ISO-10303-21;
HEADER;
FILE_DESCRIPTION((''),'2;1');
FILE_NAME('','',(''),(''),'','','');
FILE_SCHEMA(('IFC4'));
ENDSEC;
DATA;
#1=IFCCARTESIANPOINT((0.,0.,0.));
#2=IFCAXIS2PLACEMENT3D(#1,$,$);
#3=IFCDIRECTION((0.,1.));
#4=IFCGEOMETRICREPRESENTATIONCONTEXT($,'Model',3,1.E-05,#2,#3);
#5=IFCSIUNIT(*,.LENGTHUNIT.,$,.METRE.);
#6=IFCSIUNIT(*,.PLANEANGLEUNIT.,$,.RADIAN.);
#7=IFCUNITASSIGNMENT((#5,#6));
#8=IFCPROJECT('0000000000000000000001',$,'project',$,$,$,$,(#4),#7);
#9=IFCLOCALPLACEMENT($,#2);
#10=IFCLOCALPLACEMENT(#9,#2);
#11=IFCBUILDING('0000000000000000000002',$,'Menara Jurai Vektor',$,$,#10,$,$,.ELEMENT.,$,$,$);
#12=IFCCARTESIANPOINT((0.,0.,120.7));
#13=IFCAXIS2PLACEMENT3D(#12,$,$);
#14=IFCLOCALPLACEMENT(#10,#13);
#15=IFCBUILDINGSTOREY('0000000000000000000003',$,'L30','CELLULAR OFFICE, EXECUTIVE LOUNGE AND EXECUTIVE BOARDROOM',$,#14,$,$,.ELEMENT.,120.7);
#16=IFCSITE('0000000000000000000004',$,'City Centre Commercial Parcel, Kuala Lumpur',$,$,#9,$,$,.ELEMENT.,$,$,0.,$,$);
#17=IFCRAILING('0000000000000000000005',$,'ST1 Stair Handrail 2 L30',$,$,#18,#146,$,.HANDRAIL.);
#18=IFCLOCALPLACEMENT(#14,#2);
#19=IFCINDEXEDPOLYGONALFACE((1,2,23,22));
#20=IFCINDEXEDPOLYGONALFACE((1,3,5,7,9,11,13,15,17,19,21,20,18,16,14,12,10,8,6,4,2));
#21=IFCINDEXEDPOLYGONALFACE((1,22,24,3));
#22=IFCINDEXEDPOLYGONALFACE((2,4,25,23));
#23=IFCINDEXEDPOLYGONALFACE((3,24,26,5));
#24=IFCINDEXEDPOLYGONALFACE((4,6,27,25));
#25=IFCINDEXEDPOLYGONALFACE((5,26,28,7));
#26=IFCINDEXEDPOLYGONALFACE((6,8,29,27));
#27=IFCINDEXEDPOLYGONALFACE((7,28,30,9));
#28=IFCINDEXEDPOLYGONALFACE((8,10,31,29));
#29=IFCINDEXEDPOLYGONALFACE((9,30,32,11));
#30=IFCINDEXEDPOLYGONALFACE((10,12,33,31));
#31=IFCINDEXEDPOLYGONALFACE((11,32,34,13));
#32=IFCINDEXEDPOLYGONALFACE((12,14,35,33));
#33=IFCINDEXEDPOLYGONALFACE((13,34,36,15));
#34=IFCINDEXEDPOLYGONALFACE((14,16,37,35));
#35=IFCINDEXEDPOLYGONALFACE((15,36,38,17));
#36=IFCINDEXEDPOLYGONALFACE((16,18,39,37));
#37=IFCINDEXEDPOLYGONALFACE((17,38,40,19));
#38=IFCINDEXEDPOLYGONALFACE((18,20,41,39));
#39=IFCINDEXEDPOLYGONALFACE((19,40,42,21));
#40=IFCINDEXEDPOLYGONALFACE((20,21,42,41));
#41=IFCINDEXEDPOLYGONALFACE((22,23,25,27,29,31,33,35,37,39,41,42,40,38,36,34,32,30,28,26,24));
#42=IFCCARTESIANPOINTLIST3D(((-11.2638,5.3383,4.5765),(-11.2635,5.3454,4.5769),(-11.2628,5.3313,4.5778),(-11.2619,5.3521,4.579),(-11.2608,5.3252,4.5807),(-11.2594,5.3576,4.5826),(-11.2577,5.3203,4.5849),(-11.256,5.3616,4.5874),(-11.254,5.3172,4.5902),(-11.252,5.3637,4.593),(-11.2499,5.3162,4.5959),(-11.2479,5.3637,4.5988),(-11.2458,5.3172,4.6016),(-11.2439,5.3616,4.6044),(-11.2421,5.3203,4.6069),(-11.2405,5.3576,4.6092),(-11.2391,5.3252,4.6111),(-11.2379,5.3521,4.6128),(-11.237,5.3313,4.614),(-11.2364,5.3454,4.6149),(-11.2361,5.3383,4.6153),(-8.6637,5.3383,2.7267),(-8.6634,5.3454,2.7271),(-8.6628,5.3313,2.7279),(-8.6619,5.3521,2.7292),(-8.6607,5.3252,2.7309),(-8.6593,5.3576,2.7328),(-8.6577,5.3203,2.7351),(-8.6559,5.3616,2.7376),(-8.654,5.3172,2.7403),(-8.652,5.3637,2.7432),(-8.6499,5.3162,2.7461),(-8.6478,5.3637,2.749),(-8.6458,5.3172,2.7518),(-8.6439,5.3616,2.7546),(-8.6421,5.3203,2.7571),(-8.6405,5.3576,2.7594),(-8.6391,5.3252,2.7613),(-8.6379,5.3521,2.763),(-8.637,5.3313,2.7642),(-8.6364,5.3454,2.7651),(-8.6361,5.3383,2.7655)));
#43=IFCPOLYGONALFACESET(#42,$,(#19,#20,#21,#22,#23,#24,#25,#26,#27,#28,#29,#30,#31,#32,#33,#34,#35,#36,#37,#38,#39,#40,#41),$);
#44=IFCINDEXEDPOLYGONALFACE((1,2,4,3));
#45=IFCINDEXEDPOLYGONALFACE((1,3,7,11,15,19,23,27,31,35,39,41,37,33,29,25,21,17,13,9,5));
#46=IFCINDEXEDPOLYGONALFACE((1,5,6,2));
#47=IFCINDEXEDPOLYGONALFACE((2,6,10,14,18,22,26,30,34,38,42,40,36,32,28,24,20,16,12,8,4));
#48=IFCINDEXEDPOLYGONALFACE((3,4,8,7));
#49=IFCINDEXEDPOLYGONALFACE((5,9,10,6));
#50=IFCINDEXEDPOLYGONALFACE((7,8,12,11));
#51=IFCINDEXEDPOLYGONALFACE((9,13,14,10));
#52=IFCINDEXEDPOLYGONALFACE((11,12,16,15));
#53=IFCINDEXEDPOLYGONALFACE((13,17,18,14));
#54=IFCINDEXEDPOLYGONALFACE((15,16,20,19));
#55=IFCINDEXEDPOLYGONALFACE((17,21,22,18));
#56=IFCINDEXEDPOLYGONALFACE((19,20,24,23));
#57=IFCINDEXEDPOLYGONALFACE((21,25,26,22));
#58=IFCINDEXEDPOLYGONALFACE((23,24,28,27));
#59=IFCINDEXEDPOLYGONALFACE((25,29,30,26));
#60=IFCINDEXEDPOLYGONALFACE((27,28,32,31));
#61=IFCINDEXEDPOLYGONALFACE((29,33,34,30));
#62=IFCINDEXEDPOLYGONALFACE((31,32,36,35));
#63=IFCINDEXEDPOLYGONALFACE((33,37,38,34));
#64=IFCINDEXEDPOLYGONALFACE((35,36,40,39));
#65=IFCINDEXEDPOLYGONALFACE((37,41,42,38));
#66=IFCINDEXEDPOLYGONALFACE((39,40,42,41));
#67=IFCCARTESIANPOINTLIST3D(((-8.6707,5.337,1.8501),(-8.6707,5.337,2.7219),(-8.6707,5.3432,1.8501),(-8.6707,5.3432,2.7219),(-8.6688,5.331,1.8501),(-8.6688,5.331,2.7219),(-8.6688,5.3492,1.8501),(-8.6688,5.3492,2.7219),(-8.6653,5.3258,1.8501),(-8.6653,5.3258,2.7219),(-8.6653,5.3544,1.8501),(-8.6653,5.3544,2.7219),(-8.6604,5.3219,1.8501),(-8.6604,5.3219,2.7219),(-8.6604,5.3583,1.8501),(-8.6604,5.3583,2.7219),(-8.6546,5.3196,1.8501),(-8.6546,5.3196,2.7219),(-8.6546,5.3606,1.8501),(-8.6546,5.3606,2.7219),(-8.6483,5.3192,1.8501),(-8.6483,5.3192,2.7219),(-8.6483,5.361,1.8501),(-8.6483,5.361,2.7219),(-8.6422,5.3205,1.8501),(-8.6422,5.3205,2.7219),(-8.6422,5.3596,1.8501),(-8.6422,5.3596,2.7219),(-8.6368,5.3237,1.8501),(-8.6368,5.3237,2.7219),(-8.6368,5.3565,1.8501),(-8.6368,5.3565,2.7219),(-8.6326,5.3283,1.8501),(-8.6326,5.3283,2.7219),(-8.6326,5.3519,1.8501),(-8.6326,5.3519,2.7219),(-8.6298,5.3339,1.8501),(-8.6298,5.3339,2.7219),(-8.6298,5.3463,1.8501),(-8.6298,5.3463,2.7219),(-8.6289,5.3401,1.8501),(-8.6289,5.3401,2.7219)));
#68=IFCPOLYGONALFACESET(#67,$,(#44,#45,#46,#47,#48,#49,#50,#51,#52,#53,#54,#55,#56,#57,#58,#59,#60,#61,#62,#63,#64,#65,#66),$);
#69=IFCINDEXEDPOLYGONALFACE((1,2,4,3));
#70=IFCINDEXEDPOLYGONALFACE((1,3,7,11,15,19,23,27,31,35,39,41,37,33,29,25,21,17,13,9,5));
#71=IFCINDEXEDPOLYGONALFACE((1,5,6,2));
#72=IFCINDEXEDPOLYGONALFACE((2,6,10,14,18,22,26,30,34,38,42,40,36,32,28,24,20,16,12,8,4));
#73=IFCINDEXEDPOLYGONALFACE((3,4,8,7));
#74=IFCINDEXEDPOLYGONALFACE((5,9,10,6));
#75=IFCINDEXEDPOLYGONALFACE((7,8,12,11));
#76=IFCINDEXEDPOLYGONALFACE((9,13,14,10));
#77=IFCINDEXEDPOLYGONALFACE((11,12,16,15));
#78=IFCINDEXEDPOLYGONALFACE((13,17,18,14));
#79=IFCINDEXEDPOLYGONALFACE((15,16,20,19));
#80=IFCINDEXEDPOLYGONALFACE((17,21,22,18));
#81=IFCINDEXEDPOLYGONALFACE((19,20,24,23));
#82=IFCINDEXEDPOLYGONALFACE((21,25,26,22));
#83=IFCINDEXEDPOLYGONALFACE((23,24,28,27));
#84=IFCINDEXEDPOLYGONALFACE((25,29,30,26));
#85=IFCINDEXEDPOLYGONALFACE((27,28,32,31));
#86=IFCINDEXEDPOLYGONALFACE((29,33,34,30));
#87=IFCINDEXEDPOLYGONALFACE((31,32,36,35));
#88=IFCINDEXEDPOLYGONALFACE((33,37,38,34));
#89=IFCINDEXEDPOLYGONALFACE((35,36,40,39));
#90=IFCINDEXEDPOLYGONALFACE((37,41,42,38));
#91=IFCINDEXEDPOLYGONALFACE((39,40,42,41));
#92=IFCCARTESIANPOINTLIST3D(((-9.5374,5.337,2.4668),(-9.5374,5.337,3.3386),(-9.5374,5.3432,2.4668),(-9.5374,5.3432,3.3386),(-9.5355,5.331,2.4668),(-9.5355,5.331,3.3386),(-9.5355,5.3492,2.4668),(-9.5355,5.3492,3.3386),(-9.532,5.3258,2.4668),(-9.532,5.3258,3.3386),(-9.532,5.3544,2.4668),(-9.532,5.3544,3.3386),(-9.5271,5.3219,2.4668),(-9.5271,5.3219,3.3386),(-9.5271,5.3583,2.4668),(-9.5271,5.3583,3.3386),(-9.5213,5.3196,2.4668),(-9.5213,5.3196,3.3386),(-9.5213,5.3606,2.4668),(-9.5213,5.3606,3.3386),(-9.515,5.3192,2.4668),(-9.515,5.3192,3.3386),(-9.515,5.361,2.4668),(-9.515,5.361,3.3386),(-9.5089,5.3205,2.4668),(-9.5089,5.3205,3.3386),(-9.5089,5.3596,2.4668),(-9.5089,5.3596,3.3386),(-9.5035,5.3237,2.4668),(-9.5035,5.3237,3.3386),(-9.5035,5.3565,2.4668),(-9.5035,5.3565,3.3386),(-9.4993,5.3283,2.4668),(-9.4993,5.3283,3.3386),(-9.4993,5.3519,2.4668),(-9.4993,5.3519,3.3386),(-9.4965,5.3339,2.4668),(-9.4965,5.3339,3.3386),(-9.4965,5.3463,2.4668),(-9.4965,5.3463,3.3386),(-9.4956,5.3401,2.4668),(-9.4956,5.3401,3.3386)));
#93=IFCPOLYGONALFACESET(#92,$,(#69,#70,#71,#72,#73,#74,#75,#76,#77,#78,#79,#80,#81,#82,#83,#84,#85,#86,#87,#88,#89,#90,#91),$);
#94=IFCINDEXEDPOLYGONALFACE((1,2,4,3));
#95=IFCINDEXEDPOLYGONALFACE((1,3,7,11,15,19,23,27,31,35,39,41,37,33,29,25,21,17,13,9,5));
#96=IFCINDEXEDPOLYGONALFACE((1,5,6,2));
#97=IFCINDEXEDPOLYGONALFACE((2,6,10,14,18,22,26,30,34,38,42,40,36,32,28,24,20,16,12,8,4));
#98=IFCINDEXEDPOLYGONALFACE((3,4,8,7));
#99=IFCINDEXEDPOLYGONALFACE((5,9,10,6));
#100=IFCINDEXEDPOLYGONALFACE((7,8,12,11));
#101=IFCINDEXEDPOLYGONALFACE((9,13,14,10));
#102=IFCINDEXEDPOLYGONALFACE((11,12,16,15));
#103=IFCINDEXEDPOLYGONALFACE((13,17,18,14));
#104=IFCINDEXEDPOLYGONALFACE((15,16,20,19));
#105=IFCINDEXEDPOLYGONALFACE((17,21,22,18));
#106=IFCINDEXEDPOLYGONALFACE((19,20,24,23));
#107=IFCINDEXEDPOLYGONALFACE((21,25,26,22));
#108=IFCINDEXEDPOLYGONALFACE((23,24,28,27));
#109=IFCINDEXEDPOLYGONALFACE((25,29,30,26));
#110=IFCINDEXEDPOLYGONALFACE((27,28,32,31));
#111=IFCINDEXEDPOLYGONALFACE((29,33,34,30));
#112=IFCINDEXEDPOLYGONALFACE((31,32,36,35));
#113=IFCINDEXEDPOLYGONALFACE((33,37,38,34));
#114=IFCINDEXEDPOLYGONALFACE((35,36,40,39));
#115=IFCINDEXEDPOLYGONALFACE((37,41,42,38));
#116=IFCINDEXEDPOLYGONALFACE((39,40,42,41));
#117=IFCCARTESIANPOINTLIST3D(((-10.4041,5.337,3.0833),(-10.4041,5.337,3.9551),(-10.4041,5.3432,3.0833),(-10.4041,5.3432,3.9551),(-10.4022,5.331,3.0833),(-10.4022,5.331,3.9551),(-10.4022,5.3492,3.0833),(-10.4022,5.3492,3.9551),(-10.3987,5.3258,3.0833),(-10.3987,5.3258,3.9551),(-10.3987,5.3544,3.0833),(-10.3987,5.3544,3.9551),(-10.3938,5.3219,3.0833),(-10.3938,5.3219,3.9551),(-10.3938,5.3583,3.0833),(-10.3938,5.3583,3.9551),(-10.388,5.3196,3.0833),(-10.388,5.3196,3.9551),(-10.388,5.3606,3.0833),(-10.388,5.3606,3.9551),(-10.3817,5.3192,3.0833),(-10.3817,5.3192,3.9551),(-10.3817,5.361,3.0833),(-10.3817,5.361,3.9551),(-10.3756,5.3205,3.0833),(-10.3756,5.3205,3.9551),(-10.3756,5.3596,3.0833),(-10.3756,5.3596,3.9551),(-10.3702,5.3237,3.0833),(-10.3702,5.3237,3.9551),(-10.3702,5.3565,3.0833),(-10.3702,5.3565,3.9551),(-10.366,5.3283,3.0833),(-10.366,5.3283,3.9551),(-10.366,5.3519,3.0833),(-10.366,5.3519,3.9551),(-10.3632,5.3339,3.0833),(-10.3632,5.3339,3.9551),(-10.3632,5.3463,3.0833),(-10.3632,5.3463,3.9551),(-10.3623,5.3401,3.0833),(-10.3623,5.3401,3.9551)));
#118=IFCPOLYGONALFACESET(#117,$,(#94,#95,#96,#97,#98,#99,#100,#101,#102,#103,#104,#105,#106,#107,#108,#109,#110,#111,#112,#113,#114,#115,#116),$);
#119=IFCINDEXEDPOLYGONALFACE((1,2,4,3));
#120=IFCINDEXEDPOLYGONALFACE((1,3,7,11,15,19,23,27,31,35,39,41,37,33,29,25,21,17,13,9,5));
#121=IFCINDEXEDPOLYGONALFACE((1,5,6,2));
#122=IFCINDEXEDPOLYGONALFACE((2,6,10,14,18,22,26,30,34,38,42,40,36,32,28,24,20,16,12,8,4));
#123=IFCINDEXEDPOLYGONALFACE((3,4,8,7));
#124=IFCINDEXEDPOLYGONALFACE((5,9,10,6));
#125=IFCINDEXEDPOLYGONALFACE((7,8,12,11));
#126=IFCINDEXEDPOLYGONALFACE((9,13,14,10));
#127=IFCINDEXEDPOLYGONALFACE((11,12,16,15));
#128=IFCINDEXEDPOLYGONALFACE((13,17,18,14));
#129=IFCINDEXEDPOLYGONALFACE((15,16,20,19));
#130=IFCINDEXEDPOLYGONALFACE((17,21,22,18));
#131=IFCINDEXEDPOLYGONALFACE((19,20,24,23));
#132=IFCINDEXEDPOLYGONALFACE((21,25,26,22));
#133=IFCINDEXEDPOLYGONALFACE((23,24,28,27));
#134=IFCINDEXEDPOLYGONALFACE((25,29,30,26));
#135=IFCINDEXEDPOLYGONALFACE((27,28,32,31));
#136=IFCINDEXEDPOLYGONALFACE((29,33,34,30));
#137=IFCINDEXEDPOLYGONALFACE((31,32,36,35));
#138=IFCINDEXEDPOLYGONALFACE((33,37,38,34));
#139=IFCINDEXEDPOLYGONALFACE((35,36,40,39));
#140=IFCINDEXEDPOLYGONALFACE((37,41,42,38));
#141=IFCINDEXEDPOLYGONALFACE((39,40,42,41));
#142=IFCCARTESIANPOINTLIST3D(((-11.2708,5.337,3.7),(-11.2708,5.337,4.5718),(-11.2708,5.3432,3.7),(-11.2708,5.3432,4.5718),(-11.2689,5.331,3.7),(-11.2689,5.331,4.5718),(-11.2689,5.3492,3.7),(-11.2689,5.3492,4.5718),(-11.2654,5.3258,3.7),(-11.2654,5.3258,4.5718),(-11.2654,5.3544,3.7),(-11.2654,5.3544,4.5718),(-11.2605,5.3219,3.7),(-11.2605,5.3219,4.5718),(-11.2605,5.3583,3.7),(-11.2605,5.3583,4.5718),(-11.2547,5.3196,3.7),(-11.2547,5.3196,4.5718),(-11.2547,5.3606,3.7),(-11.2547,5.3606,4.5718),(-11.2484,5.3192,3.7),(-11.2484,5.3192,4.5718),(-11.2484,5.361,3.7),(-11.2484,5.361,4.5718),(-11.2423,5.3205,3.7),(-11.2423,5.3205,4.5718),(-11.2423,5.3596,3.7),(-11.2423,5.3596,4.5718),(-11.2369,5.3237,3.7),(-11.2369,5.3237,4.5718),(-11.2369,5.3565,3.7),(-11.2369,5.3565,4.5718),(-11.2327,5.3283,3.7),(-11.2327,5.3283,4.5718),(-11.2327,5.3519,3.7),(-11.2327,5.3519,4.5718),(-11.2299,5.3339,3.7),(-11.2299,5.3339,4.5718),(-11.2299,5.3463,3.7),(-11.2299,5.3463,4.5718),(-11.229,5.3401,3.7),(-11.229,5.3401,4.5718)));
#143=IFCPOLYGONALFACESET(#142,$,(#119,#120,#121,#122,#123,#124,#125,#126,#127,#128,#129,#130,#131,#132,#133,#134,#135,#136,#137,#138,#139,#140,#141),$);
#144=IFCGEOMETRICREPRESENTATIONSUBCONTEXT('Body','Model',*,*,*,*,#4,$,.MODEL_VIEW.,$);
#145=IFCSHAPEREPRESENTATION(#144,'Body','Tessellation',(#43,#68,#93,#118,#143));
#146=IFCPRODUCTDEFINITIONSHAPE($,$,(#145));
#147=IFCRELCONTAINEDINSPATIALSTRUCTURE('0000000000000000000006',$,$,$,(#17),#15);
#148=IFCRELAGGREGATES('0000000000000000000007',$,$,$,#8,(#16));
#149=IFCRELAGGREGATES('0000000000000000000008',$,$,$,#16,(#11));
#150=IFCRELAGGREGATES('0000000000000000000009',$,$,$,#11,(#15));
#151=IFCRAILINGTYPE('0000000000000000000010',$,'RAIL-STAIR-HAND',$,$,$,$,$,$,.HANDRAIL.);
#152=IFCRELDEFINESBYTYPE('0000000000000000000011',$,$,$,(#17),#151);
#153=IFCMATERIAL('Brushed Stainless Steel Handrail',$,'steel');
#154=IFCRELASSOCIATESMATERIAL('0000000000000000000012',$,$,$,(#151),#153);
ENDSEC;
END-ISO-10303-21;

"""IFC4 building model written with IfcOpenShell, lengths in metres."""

from ifc_helpers import new_model, si_unit, direction, frame, origin, origin_2d, place, context, subcontext, project, spatial, circle, extrude, material, type_object, element, save


model = new_model("IFC4")

# Units and contexts
model_context = context("Model", 3, precision=1e-05, world=origin(), true_north=direction((0.0, 1.0)))
body_context = subcontext(model_context, "Body", "Model", "MODEL_VIEW")
ifc_project = project(units=[si_unit("LENGTHUNIT", "METRE"), si_unit("PLANEANGLEUNIT", "RADIAN")], contexts=[model_context])

# Site, building, storey
site_placement = place(None, origin())
site = spatial("IfcSite", under=ifc_project, at=site_placement, Name="City Centre Commercial Parcel, Kuala Lumpur", CompositionType="ELEMENT", RefElevation=0.0)
building_placement = place(site_placement, origin())
building = spatial("IfcBuilding", under=site, at=building_placement, Name="Menara Jurai Vektor", CompositionType="ELEMENT")
storey_placement = place(building_placement, frame((0.0, 0.0, 120.7)))
storey = spatial("IfcBuildingStorey", under=building, at=storey_placement, Name="L30", Description="CELLULAR OFFICE, EXECUTIVE LOUNGE AND EXECUTIVE BOARDROOM", CompositionType="ELEMENT", Elevation=120.7)

# Railing
ifc_material_1 = material(Name="Brushed Stainless Steel Handrail", Category="steel")
railing_type_1 = type_object("IfcRailingType", Name="RAIL-STAIR-HAND", PredefinedType="HANDRAIL", material=ifc_material_1)
railing_1_placement = place(storey_placement, frame((-8.6499, 5.3401, 1.8501)))
element("IfcRailing", 1, at=railing_1_placement, inside=storey, type_object=railing_type_1, Name="ST1 Stair Handrail 2 L30", PredefinedType="HANDRAIL", context=body_context, shape_type="SweptSolid", body=[
    extrude(circle(Radius=0.0239, at=origin_2d()), frame((0.0, 0.0, 0.896), z_axis=(-0.814823, 0.0, 0.57971), x_axis=(0.0, -1.0, 0.0)), (0.0, 0.0, 1.0), 3.1909),
    extrude(circle(Radius=0.021, at=origin_2d()), origin(), (0.0, 0.0, 1.0), 0.8718),
    extrude(circle(Radius=0.021, at=origin_2d()), frame((-0.8667, 0.0, 0.6167)), (0.0, 0.0, 1.0), 0.8718),
    extrude(circle(Radius=0.021, at=origin_2d()), frame((-1.7334, 0.0, 1.2332)), (0.0, 0.0, 1.0), 0.8718),
    extrude(circle(Radius=0.021, at=origin_2d()), frame((-2.6001, 0.0, 1.8499)), (0.0, 0.0, 1.0), 0.8718),
])

save(model, "model.ifc")
